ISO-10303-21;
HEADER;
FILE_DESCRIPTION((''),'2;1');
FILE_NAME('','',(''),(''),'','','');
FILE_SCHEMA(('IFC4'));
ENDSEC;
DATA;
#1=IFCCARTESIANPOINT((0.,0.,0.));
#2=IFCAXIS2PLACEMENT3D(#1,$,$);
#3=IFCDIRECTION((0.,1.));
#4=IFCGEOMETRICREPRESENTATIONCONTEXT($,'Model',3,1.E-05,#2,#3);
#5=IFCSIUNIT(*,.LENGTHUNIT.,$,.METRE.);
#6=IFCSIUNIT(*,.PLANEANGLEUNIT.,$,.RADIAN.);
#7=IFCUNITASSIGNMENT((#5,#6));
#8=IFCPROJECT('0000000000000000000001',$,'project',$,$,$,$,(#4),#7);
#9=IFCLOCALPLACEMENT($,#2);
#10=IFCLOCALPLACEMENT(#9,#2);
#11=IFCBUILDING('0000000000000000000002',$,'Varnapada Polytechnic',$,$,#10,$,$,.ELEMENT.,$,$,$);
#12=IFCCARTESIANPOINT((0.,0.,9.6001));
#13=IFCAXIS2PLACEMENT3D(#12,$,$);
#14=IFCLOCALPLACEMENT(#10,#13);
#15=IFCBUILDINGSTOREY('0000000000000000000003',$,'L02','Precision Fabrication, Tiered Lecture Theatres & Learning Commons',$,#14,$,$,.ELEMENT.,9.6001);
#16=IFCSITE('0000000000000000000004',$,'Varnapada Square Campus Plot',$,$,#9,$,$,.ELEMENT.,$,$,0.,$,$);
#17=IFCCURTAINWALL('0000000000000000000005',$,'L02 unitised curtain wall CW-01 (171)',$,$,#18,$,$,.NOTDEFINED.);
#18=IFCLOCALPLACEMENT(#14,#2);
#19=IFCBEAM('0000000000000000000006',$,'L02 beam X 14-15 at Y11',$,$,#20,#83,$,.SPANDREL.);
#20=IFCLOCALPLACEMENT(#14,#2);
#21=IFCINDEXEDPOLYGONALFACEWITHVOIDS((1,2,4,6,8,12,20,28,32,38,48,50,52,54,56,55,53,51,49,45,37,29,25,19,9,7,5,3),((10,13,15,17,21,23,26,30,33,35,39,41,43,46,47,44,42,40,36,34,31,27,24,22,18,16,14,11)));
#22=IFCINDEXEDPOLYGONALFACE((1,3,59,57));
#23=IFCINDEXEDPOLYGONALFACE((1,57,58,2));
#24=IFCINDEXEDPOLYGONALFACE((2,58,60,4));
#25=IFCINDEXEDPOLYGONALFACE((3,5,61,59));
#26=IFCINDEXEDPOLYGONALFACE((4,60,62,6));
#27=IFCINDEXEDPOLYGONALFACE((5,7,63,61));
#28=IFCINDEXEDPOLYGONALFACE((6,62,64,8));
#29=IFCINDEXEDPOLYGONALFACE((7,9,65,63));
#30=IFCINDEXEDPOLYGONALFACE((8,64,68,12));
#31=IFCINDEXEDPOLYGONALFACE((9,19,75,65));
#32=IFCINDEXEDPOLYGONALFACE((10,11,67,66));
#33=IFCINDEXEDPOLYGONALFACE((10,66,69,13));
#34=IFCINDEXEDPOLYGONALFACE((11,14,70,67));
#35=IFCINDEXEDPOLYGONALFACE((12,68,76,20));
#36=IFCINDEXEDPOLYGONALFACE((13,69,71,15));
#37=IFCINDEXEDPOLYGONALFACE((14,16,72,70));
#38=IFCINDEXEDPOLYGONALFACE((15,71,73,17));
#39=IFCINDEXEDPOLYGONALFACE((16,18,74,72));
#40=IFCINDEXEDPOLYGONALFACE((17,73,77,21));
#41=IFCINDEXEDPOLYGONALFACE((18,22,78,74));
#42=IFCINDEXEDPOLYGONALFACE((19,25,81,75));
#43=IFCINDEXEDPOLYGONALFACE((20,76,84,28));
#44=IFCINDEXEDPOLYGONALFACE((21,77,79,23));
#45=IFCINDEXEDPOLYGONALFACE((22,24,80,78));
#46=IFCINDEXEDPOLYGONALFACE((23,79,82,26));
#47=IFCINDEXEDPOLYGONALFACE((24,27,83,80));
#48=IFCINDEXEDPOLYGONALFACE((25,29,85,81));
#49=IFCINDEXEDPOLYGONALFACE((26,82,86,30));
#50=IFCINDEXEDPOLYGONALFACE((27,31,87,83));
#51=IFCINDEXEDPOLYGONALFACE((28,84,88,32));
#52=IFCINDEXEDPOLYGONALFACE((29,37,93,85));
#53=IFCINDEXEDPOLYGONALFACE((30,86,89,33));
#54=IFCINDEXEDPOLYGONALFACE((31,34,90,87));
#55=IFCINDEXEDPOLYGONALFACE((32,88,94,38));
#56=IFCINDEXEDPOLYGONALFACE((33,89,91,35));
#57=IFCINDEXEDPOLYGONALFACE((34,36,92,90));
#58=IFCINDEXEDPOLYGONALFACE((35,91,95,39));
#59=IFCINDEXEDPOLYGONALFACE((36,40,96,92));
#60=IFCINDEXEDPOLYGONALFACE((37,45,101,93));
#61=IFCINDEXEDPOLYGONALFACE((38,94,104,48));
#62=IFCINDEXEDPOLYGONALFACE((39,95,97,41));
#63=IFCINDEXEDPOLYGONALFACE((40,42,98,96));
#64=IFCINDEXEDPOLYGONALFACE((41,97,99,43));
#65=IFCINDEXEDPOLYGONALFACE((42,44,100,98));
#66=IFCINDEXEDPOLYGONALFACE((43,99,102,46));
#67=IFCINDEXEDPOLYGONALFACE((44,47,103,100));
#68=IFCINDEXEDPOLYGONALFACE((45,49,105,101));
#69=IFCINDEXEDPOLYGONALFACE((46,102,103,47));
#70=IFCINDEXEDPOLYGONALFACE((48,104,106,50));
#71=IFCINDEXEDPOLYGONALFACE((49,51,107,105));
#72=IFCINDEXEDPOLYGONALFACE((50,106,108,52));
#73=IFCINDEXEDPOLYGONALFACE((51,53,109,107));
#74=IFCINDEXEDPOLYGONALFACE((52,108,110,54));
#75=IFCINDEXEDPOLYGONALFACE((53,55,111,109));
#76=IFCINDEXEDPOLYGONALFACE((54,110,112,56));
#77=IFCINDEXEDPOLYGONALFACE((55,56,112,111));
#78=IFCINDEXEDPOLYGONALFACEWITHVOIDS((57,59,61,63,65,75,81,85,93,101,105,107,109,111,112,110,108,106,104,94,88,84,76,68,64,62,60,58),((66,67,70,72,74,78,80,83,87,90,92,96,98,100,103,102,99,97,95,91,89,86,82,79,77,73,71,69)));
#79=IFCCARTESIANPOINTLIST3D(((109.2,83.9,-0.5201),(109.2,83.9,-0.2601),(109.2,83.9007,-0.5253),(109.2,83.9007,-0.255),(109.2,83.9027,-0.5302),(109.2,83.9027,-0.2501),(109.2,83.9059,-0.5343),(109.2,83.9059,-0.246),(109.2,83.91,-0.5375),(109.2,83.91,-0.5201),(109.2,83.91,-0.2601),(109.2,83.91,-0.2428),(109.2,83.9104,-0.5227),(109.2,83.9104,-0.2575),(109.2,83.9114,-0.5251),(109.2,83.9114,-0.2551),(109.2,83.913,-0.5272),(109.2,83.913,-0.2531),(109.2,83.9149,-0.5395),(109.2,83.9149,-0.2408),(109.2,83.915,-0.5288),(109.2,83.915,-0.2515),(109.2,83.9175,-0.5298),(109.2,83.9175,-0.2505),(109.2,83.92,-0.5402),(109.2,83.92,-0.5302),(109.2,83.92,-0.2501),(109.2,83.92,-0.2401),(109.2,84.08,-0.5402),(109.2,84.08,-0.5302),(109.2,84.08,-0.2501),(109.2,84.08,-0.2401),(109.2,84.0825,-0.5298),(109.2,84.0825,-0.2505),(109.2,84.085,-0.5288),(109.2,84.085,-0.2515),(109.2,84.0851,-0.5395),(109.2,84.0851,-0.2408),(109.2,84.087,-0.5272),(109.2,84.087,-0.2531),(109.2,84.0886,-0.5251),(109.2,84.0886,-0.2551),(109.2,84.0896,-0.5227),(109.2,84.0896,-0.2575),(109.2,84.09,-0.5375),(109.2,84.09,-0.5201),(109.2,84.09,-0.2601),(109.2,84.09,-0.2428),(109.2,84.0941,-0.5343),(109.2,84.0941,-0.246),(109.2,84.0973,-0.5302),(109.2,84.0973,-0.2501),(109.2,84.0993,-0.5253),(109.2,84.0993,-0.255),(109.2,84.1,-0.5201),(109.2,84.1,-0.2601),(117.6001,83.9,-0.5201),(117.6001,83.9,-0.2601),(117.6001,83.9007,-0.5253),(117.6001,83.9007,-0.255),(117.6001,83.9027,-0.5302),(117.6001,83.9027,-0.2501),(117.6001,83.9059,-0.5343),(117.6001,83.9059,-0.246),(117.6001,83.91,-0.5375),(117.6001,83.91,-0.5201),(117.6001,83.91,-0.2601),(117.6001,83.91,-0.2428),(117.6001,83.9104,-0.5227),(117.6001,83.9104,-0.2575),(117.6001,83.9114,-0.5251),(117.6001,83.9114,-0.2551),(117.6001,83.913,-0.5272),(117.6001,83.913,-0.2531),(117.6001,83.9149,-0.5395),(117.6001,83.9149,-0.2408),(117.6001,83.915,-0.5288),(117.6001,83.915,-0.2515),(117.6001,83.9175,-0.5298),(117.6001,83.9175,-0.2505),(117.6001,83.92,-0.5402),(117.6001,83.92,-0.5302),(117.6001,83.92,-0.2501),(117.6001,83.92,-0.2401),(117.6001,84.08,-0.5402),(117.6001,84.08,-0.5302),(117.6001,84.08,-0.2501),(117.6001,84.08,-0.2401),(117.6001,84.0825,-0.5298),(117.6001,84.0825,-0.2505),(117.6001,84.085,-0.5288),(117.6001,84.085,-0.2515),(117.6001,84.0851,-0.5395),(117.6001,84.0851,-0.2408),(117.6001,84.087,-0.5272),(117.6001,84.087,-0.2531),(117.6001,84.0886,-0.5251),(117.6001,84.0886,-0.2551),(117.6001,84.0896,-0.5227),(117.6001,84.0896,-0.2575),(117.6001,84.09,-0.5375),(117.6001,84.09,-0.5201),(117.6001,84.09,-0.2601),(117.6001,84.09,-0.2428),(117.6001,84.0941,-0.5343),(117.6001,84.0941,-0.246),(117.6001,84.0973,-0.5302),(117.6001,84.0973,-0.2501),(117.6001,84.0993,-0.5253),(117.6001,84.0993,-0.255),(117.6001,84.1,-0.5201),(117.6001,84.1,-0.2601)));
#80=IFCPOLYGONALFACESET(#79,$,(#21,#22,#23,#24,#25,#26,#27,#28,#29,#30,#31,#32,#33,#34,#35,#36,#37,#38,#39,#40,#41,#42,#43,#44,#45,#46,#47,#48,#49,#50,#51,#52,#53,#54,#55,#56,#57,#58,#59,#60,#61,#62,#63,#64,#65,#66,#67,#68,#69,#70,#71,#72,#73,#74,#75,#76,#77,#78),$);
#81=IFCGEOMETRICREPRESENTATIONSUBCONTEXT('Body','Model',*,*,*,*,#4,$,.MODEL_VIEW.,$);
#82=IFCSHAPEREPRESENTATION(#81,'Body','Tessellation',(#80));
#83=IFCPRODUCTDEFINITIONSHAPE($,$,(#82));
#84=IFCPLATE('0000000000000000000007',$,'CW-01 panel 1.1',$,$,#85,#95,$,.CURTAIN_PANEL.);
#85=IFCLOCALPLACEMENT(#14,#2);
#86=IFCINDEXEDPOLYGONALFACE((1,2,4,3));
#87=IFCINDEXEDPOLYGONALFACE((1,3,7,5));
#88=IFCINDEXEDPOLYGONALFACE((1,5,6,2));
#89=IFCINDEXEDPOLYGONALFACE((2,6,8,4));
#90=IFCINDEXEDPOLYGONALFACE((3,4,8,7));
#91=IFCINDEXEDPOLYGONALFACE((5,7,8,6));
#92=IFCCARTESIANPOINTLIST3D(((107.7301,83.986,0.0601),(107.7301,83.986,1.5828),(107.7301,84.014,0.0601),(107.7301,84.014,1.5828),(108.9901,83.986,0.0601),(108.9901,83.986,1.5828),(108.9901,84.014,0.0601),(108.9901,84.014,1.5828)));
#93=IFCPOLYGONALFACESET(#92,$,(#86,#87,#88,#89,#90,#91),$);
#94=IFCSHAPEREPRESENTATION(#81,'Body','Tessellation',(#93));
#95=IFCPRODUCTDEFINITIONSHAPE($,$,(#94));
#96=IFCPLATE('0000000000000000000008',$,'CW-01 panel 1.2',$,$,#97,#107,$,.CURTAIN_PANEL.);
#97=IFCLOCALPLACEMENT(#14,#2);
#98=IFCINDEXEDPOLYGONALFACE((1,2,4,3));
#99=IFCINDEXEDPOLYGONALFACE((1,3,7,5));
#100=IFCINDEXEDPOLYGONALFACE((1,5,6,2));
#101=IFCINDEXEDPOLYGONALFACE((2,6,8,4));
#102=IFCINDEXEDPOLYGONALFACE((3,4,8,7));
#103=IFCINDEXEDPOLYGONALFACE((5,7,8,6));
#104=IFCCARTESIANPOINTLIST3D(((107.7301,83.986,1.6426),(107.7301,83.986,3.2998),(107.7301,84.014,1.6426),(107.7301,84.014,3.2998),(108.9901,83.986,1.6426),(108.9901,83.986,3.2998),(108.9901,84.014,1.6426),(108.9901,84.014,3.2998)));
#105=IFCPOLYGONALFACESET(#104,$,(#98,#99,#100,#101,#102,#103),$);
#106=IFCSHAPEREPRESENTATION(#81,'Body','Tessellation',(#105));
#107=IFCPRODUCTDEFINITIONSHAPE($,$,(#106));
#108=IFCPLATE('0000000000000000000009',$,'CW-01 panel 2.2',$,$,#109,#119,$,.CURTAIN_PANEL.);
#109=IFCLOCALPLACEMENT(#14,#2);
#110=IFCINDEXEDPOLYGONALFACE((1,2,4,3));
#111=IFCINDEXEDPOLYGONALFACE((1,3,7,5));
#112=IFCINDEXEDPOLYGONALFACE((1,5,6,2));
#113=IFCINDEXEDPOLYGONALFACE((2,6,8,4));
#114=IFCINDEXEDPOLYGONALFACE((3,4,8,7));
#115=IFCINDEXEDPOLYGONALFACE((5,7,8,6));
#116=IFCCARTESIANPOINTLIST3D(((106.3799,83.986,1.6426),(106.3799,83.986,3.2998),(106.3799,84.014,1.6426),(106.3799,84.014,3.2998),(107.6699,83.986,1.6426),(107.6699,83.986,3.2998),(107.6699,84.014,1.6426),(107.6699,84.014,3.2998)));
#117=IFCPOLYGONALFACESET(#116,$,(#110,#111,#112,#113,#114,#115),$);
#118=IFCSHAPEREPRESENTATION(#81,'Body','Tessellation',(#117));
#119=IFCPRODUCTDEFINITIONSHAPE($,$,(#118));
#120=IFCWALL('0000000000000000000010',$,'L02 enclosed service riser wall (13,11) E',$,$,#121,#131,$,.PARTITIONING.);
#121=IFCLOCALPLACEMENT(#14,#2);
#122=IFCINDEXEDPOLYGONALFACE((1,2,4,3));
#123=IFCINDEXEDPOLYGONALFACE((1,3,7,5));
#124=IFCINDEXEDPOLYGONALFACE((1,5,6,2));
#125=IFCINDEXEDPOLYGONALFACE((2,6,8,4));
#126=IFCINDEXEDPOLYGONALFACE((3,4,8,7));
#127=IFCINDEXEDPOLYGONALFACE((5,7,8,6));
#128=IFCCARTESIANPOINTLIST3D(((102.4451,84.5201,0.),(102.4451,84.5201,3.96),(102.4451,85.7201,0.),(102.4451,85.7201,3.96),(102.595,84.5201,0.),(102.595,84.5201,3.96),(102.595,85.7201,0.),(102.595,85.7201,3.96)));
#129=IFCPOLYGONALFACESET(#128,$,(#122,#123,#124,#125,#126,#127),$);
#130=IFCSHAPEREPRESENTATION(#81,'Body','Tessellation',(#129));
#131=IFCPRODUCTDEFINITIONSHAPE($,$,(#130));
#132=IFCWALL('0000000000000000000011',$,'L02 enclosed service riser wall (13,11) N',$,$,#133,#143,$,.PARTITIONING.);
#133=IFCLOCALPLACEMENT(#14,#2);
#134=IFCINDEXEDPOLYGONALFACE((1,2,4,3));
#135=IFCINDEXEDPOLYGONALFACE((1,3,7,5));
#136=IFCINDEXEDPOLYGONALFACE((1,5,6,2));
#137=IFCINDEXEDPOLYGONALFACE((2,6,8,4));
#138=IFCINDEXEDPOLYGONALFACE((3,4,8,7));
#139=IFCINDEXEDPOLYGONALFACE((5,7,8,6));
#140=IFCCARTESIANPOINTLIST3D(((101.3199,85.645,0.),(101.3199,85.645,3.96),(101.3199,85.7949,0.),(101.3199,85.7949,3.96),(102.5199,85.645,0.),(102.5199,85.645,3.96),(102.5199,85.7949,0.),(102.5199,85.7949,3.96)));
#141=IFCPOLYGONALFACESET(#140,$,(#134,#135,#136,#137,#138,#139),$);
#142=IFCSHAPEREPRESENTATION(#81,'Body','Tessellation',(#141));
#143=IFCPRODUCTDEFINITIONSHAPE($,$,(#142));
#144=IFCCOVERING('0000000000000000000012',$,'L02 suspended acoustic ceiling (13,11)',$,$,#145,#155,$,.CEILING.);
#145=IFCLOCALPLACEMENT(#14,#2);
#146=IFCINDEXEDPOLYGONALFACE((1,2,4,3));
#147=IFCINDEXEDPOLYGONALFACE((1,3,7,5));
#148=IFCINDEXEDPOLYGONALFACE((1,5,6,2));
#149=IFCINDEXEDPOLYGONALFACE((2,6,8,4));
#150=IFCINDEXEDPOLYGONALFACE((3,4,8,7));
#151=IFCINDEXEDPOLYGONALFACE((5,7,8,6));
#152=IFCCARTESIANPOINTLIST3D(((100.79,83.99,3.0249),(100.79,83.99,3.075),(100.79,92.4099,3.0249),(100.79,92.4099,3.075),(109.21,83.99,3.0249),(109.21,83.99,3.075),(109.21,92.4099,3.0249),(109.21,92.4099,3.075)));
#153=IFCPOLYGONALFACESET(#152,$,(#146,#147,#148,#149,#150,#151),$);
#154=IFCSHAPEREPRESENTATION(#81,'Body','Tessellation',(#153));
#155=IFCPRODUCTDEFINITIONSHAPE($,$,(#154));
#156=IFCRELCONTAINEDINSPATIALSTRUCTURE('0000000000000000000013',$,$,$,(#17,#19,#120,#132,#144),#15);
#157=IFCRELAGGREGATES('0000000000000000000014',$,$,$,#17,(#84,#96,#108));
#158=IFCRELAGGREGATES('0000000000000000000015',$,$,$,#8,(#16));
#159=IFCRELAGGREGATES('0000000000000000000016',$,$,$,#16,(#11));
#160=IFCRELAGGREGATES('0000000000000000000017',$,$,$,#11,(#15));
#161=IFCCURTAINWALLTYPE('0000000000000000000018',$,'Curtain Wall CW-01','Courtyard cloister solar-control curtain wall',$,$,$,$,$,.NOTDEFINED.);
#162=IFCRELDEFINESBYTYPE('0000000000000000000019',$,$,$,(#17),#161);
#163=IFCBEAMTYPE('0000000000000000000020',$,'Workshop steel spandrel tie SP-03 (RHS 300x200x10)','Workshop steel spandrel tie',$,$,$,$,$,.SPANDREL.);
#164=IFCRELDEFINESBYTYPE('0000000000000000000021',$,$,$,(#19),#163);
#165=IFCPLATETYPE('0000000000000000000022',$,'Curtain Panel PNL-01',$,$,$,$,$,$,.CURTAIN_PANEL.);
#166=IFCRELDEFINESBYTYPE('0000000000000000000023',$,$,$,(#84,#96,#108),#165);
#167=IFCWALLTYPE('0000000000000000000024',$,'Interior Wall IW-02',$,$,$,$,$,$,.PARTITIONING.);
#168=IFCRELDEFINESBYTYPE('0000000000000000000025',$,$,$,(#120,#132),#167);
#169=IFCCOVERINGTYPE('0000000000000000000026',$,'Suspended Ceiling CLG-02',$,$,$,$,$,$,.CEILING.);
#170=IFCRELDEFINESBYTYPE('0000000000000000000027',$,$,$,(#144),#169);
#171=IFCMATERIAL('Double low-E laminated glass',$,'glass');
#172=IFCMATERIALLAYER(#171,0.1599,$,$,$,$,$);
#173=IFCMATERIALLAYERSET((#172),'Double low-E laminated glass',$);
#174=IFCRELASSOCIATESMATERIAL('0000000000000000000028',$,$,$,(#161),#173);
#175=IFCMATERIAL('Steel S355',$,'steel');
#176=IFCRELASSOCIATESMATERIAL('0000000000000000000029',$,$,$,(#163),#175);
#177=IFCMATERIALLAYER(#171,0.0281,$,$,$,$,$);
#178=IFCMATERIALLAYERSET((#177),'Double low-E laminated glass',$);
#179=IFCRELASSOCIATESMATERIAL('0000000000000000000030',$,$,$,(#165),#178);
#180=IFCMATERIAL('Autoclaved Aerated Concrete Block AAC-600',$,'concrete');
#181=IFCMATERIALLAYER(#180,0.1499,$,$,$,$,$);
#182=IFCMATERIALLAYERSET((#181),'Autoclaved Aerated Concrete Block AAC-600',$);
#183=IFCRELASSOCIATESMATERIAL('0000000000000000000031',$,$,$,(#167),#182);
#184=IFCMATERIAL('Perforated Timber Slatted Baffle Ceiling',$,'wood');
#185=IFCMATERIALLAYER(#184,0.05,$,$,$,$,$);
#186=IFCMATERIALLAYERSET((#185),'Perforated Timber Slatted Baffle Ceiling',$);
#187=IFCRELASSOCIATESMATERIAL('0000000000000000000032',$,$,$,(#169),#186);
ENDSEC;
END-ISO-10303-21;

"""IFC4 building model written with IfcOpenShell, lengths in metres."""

from ifc_helpers import new_model, si_unit, direction, frame, frame_2d, origin, origin_2d, place, context, subcontext, project, spatial, rectangle, hollow_rectangle, extrude, material, layer, layer_set, material_profile, profile_set, type_object, element, aggregate, save


model = new_model("IFC4")

# Units and contexts
model_context = context("Model", 3, precision=1e-05, world=origin(), true_north=direction((0.0, 1.0)))
body_context = subcontext(model_context, "Body", "Model", "MODEL_VIEW")
ifc_project = project(units=[si_unit("LENGTHUNIT", "METRE"), si_unit("PLANEANGLEUNIT", "RADIAN")], contexts=[model_context])

# Site, building, storey
site_placement = place(None, origin())
site = spatial("IfcSite", under=ifc_project, at=site_placement, Name="Varnapada Square Campus Plot", CompositionType="ELEMENT", RefElevation=0.0)
building_placement = place(site_placement, origin())
building = spatial("IfcBuilding", under=site, at=building_placement, Name="Varnapada Polytechnic", CompositionType="ELEMENT")
storey_placement = place(building_placement, frame((0.0, 0.0, 9.6001)))
storey = spatial("IfcBuildingStorey", under=building, at=storey_placement, Name="L02", Description="Precision Fabrication, Tiered Lecture Theatres & Learning Commons", CompositionType="ELEMENT", Elevation=9.6001)

# Shared definitions
ifc_material_1 = material(Name="Steel S355", Category="steel")

# Curtain wall
ifc_material_2 = material(Name="Double low-E laminated glass", Category="glass")
ifc_layer_1 = layer(ifc_material_2, 0.1599)
ifc_layer_set_1 = layer_set([ifc_layer_1], Name="Double low-E laminated glass")
curtain_wall_type_1 = type_object("IfcCurtainWallType", Name="Curtain Wall CW-01", Description="Courtyard cloister solar-control curtain wall", PredefinedType="NOTDEFINED", material=ifc_layer_set_1)
curtain_wall_1_placement = place(storey_placement, origin())
curtain_wall_1 = element("IfcCurtainWall", 1, at=curtain_wall_1_placement, inside=storey, type_object=curtain_wall_type_1, Name="L02 unitised curtain wall CW-01 (171)", PredefinedType="NOTDEFINED")

# Beam
ifc_material_profile_1 = material_profile(ifc_material_1, hollow_rectangle(XDim=0.2, YDim=0.3, WallThickness=0.01, InnerFilletRadius=0.01, OuterFilletRadius=0.02, at=origin_2d()), Name="RHS 300x200x10")
ifc_profile_set_1 = profile_set([ifc_material_profile_1], Name="Steel S355")
beam_type_1 = type_object("IfcBeamType", Name="Workshop steel spandrel tie SP-03 (RHS 300x200x10)", Description="Workshop steel spandrel tie", PredefinedType="SPANDREL", material=ifc_profile_set_1)
beam_1_placement = place(storey_placement, frame((109.2, 84.0, -0.3901), z_axis=(1.0, 0.0, 0.0), x_axis=(0.0, 1.0, 0.0)))
element("IfcBeam", 2, at=beam_1_placement, inside=storey, type_object=beam_type_1, Name="L02 beam X 14-15 at Y11", PredefinedType="SPANDREL", context=body_context, shape_type="SweptSolid", body=[
    extrude(hollow_rectangle(XDim=0.2, YDim=0.3, WallThickness=0.01, InnerFilletRadius=0.01, OuterFilletRadius=0.02, at=origin_2d()), origin(), (0.0, 0.0, 1.0), 8.4001),
])

# Plates
ifc_layer_2 = layer(ifc_material_2, 0.0281)
ifc_layer_set_2 = layer_set([ifc_layer_2], Name="Double low-E laminated glass")
plate_type = type_object("IfcPlateType", Name="Curtain Panel PNL-01", PredefinedType="CURTAIN_PANEL", material=ifc_layer_set_2)
plate_1_placement = place(storey_placement, frame((108.3601, 84.0, 0.0601), z_axis=(0.0, 0.0, 1.0), x_axis=(-1.0, 0.0, 0.0)))
plate_1 = element("IfcPlate", 3, at=plate_1_placement, type_object=plate_type, Name="CW-01 panel 1.1", PredefinedType="CURTAIN_PANEL", context=body_context, shape_type="SweptSolid", body=[
    extrude(rectangle(XDim=1.26, YDim=0.0281, at=origin_2d()), origin(), (0.0, 0.0, 1.0), 1.5227),
])
plate_2_placement = place(storey_placement, frame((108.3601, 84.0, 1.6426), z_axis=(0.0, 0.0, 1.0), x_axis=(-1.0, 0.0, 0.0)))
plate_2 = element("IfcPlate", 4, at=plate_2_placement, type_object=plate_type, Name="CW-01 panel 1.2", PredefinedType="CURTAIN_PANEL", context=body_context, shape_type="SweptSolid", body=[
    extrude(rectangle(XDim=1.26, YDim=0.0281, at=origin_2d()), origin(), (0.0, 0.0, 1.0), 1.6572),
])
plate_3_placement = place(storey_placement, frame((107.0249, 84.0, 1.6426), z_axis=(0.0, 0.0, 1.0), x_axis=(-1.0, 0.0, 0.0)))
plate_3 = element("IfcPlate", 5, at=plate_3_placement, type_object=plate_type, Name="CW-01 panel 2.2", PredefinedType="CURTAIN_PANEL", context=body_context, shape_type="SweptSolid", body=[
    extrude(rectangle(XDim=1.29, YDim=0.0281, at=origin_2d()), origin(), (0.0, 0.0, 1.0), 1.6572),
])
aggregate(curtain_wall_1, [plate_1, plate_2, plate_3])

# Walls
ifc_material_3 = material(Name="Autoclaved Aerated Concrete Block AAC-600", Category="concrete")
ifc_layer_3 = layer(ifc_material_3, 0.1499)
ifc_layer_set_3 = layer_set([ifc_layer_3], Name="Autoclaved Aerated Concrete Block AAC-600")
wall_type = type_object("IfcWallType", Name="Interior Wall IW-02", PredefinedType="PARTITIONING", material=ifc_layer_set_3)
for number, where, z_axis, x_axis, name in (
    (6, (102.52, 84.52, 0.0), (0.0, 0.0, 1.0), (0.0, 1.0, 0.0), "L02 enclosed service riser wall (13,11) E"),
    (7, (102.52, 85.72, 0.0), (0.0, 0.0, 1.0), (-1.0, 0.0, 0.0), "L02 enclosed service riser wall (13,11) N"),
):
    element("IfcWall", number, at=place(storey_placement, frame(where, z_axis=z_axis, x_axis=x_axis)), inside=storey, type_object=wall_type, Name=name, PredefinedType="PARTITIONING", context=body_context, shape_type="SweptSolid", body=[
        extrude(rectangle(XDim=1.2, YDim=0.1499, at=frame_2d((0.6001, 0.0))), origin(), (0.0, 0.0, 1.0), 3.96),
    ])

# Covering
ifc_material_4 = material(Name="Perforated Timber Slatted Baffle Ceiling", Category="wood")
ifc_layer_4 = layer(ifc_material_4, 0.05)
ifc_layer_set_4 = layer_set([ifc_layer_4], Name="Perforated Timber Slatted Baffle Ceiling")
covering_type = type_object("IfcCoveringType", Name="Suspended Ceiling CLG-02", PredefinedType="CEILING", material=ifc_layer_set_4)
covering_placement = place(storey_placement, frame((105.0, 88.2, 3.0249), z_axis=(0.0, 0.0, 1.0), x_axis=(1.0, 0.0, 0.0)))
element("IfcCovering", 8, at=covering_placement, inside=storey, type_object=covering_type, Name="L02 suspended acoustic ceiling (13,11)", PredefinedType="CEILING", context=body_context, shape_type="SweptSolid", body=[
    extrude(rectangle(XDim=8.4199, YDim=8.4199, at=origin_2d()), origin(), (0.0, 0.0, 1.0), 0.05),
])

save(model, "model.ifc")
